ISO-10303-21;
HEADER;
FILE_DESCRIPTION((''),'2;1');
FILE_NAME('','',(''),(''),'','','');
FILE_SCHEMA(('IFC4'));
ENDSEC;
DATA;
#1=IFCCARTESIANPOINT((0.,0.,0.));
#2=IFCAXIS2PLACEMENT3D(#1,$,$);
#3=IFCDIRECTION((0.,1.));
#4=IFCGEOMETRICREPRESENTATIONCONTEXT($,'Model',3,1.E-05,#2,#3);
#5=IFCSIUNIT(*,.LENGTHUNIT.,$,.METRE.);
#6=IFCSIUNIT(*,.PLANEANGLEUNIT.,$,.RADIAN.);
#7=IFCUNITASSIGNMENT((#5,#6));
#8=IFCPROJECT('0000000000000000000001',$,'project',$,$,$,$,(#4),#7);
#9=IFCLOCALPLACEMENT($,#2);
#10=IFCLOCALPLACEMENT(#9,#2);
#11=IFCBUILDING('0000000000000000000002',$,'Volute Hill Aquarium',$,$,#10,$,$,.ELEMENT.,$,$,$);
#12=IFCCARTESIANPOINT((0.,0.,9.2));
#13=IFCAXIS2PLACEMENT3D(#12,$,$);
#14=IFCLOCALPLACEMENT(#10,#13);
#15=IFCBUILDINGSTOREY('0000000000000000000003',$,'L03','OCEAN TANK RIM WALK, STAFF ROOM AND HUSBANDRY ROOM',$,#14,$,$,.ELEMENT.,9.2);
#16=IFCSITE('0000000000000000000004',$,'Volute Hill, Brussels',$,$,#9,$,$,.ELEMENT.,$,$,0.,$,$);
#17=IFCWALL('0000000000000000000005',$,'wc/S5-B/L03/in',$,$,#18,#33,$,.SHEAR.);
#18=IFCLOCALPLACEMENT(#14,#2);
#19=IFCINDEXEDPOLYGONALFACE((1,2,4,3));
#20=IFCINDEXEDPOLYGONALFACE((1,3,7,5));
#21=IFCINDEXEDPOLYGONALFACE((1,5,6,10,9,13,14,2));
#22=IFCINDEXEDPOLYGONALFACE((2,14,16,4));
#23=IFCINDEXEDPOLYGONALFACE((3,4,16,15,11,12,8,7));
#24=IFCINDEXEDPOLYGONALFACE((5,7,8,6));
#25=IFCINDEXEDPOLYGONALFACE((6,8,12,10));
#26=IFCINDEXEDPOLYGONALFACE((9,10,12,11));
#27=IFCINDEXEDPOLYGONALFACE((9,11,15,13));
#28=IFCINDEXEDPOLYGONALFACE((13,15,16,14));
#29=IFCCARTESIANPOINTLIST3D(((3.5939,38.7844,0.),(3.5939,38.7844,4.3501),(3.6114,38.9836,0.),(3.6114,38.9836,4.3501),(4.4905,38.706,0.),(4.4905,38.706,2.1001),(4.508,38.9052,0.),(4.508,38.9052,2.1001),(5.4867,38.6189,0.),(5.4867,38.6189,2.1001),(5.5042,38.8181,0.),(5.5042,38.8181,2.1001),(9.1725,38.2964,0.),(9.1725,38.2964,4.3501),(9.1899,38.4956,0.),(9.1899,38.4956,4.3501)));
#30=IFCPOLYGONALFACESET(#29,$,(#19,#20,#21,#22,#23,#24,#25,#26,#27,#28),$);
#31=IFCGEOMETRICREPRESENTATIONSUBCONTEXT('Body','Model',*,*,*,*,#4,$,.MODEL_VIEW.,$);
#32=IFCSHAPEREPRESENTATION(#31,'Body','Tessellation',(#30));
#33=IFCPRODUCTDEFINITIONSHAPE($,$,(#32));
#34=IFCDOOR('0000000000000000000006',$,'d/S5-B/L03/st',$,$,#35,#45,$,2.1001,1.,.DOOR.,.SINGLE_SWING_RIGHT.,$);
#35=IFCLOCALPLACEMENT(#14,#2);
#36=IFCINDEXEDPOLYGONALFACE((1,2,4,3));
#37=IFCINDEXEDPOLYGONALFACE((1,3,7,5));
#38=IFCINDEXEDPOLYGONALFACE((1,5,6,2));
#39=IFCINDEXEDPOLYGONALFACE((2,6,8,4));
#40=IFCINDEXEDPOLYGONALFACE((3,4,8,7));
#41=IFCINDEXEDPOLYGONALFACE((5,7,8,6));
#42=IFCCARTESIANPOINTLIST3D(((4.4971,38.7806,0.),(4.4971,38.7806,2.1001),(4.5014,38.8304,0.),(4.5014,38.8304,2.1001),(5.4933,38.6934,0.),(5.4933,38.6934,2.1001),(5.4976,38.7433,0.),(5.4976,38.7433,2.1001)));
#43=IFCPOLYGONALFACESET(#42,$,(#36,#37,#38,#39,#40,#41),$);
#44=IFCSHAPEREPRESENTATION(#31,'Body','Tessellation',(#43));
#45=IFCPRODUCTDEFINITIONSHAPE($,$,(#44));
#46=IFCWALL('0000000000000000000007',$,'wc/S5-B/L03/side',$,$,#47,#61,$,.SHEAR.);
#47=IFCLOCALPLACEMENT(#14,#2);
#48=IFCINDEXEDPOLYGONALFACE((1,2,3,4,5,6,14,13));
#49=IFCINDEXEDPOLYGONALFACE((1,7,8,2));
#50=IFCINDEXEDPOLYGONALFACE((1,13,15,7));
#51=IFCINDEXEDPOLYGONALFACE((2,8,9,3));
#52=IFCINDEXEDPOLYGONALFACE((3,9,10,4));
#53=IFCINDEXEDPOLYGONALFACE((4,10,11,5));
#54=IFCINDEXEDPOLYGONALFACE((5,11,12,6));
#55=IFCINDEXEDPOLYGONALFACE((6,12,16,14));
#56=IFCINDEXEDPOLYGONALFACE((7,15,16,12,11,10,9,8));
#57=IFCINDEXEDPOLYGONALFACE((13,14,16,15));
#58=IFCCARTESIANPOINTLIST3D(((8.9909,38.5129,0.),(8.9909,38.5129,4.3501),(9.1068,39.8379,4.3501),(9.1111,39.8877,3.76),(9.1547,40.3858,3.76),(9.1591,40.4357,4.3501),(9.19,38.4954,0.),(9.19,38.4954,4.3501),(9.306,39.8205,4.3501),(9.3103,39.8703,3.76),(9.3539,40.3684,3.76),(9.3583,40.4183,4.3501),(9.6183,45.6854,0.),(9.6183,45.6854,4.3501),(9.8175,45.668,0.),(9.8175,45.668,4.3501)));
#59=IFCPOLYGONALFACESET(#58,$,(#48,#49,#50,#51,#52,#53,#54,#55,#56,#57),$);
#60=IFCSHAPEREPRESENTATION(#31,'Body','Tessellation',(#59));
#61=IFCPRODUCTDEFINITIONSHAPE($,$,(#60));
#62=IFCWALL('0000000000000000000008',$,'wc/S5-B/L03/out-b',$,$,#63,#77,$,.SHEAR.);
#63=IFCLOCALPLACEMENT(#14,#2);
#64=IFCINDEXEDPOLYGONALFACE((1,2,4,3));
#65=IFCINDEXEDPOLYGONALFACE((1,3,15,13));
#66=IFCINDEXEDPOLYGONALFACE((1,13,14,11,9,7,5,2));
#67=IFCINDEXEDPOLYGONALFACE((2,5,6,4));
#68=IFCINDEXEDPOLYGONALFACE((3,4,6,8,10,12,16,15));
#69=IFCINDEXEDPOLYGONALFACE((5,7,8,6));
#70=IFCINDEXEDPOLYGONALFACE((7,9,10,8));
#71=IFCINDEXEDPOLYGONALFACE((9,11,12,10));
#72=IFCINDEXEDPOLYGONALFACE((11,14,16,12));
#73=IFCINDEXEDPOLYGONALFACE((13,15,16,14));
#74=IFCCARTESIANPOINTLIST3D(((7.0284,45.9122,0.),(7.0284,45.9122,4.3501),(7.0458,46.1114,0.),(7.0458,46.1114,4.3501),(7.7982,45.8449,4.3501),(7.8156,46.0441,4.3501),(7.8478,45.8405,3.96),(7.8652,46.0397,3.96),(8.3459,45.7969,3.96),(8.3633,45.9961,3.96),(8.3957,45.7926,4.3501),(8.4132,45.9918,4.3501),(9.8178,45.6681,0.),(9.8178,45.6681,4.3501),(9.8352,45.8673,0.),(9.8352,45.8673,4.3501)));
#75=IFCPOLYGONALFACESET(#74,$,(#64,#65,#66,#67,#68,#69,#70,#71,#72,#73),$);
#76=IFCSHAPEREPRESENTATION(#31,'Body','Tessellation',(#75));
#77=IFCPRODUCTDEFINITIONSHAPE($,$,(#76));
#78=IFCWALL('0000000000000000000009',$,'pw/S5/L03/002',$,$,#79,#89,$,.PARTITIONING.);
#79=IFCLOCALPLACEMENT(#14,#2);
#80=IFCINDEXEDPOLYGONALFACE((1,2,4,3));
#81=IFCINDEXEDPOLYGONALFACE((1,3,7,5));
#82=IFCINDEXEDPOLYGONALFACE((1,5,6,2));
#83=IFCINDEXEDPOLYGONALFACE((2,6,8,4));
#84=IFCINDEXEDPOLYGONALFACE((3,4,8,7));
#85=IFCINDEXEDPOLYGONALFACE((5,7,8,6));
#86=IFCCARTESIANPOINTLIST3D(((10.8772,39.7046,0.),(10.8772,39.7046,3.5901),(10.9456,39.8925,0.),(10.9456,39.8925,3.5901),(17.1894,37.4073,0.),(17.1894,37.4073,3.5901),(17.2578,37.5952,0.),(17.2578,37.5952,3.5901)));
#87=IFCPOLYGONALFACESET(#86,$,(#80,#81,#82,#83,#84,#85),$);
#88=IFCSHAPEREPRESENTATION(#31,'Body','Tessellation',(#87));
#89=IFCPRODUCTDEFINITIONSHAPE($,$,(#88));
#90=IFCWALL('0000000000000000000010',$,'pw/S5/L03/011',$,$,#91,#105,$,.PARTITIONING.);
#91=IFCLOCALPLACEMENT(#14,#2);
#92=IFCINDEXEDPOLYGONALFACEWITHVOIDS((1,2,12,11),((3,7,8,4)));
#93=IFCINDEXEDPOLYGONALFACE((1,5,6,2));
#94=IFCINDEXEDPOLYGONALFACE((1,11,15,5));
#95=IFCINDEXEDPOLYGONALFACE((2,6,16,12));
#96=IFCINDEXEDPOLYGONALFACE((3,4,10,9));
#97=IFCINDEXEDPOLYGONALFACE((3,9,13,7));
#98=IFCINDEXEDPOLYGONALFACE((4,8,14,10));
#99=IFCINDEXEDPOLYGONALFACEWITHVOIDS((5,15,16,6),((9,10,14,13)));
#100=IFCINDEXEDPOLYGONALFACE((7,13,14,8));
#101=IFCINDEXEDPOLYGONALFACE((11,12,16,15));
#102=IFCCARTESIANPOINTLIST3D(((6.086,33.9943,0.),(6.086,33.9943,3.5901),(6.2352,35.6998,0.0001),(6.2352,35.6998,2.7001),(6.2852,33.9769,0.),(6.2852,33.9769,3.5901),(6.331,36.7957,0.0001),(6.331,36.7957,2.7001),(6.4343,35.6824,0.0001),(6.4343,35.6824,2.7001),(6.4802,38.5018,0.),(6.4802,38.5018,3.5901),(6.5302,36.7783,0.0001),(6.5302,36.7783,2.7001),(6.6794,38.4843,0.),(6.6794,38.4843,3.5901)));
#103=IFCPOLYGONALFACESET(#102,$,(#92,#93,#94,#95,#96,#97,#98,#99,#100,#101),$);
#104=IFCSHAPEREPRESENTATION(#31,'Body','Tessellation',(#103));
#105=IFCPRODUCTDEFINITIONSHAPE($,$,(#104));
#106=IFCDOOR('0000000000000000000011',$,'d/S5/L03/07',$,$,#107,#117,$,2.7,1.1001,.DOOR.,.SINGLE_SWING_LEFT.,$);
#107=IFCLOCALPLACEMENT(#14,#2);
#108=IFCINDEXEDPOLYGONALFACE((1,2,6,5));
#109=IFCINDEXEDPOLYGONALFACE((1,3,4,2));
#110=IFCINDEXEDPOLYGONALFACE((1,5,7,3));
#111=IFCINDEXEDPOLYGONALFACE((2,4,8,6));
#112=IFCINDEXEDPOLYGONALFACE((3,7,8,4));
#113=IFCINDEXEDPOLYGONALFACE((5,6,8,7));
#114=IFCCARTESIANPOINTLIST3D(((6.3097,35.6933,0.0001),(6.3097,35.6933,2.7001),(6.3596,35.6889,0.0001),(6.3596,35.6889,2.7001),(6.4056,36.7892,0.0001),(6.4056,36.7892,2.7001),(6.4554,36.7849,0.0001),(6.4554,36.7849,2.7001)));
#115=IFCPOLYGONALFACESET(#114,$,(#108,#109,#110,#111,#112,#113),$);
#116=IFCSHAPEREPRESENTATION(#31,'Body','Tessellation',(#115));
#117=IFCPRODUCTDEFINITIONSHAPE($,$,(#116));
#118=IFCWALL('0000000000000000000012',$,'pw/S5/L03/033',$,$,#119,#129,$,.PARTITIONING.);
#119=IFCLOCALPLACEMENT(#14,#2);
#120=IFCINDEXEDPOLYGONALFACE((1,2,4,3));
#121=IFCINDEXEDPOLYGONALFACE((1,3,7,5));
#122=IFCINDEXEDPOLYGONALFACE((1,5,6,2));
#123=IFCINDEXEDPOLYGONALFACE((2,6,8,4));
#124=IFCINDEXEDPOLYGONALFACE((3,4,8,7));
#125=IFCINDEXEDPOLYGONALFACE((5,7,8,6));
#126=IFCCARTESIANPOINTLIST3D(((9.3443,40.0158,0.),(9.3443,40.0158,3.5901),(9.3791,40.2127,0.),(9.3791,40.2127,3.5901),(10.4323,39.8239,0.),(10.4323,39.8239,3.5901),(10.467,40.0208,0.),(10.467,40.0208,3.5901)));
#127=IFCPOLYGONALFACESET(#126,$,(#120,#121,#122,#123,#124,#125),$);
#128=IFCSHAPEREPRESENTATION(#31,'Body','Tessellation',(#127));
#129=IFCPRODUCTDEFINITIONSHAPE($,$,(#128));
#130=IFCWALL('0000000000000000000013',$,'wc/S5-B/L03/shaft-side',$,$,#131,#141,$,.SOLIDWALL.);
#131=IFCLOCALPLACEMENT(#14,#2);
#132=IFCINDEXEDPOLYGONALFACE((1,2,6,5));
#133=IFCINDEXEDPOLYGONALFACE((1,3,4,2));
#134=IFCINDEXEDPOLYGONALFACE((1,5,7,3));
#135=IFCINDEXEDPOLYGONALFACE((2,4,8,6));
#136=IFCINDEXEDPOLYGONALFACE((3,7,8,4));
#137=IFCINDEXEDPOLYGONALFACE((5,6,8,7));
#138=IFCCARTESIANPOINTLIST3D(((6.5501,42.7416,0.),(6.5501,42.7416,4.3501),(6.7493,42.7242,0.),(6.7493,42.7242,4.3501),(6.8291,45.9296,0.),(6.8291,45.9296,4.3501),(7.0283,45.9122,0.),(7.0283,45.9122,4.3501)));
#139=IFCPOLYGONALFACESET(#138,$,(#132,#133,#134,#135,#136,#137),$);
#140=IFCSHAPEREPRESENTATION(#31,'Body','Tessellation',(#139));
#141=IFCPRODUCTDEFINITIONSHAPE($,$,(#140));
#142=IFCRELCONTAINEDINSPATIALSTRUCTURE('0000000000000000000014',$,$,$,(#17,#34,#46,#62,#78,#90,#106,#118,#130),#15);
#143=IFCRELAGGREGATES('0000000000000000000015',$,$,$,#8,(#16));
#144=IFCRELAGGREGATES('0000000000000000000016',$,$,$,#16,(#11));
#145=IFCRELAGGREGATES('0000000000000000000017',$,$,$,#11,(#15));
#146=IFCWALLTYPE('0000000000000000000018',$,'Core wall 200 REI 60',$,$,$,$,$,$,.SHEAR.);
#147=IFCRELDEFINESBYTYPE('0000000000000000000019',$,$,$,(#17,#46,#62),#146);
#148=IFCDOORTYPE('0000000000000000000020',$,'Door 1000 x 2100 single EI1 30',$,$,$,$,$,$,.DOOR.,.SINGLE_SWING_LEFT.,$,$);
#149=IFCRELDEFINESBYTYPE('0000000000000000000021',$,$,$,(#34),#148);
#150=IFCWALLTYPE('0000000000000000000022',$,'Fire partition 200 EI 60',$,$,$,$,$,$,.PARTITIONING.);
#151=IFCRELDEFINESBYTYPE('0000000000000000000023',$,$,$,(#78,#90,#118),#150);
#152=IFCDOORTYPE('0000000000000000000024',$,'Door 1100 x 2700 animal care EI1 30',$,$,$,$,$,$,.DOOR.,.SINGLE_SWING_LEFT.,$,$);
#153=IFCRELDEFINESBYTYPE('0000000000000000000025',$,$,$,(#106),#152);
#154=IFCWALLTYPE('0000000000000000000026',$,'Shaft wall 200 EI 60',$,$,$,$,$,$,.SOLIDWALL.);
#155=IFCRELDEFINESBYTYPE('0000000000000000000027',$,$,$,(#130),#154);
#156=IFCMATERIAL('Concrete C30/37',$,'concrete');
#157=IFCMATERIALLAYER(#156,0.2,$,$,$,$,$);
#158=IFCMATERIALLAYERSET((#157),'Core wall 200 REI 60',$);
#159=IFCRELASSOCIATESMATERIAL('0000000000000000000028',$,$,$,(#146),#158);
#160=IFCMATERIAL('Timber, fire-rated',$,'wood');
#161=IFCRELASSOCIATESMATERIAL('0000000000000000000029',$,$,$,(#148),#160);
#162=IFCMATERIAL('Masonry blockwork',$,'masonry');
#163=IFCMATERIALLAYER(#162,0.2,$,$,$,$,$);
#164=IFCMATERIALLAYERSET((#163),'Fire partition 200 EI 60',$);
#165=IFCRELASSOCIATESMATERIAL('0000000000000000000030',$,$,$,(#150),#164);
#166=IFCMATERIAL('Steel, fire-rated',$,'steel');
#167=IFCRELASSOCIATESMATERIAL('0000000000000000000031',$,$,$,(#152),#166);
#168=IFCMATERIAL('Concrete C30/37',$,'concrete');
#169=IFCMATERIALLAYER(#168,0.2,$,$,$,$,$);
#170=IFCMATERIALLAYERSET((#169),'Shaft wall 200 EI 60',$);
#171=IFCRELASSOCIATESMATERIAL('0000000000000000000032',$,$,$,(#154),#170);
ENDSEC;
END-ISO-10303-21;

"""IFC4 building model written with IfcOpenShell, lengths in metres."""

from ifc_helpers import new_model, si_unit, direction, frame, frame_2d, origin, place, context, subcontext, project, spatial, polyline, rectangle, outline, extrude, material, layer, layer_set, type_object, element, fill, save


model = new_model("IFC4")

# Units and contexts
model_context = context("Model", 3, precision=1e-05, world=origin(), true_north=direction((0.0, 1.0)))
body_context = subcontext(model_context, "Body", "Model", "MODEL_VIEW")
ifc_project = project(units=[si_unit("LENGTHUNIT", "METRE"), si_unit("PLANEANGLEUNIT", "RADIAN")], contexts=[model_context])

# Site, building, storey
site_placement = place(None, origin())
site = spatial("IfcSite", under=ifc_project, at=site_placement, Name="Volute Hill, Brussels", CompositionType="ELEMENT", RefElevation=0.0)
building_placement = place(site_placement, origin())
building = spatial("IfcBuilding", under=site, at=building_placement, Name="Volute Hill Aquarium", CompositionType="ELEMENT")
storey_placement = place(building_placement, frame((0.0, 0.0, 9.2)))
storey = spatial("IfcBuildingStorey", under=building, at=storey_placement, Name="L03", Description="OCEAN TANK RIM WALK, STAFF ROOM AND HUSBANDRY ROOM", CompositionType="ELEMENT", Elevation=9.2)

# Wall, opening, door
ifc_material_1 = material(Name="Concrete C30/37", Category="concrete")
ifc_layer_1 = layer(ifc_material_1, 0.2)
ifc_layer_set_1 = layer_set([ifc_layer_1], Name="Core wall 200 REI 60")
wall_type_1 = type_object("IfcWallType", Name="Core wall 200 REI 60", PredefinedType="SHEAR", material=ifc_layer_set_1)
wall_1_placement = place(storey_placement, frame((3.6028, 38.884, 0.0), z_axis=(0.0, 0.0, 1.0), x_axis=(0.996195, -0.087151, 0.0)))
wall_1 = element("IfcWall", 1, at=wall_1_placement, inside=storey, type_object=wall_type_1, Name="wc/S5-B/L03/in", PredefinedType="SHEAR", context=body_context, shape_type="SweptSolid", body=[
    extrude(rectangle(XDim=5.5999, YDim=0.2, at=frame_2d((2.7998, 0.0))), origin(), (0.0, 0.0, 1.0), 4.3501),
])
opening_1_placement = place(wall_1_placement, frame((0.8999, 0.0, 0.0)))
opening_1 = element("IfcOpeningElement", 2, at=opening_1_placement, cuts=wall_1, PredefinedType="OPENING", context=body_context, shape_type="SweptSolid", body=[
    extrude(rectangle(XDim=1.0, YDim=2.1001, at=frame_2d((0.5, 1.05))), frame((0.0, 0.1099, 0.0), z_axis=(0.0, -1.0, 0.0), x_axis=(1.0, 0.0, 0.0)), (0.0, 0.0, 1.0), 0.22),
])
ifc_material_2 = material(Name="Timber, fire-rated", Category="wood")
door_type_1 = type_object("IfcDoorType", Name="Door 1000 x 2100 single EI1 30", OperationType="SINGLE_SWING_LEFT", PredefinedType="DOOR", material=ifc_material_2)
door_1_placement = place(opening_1_placement, origin())
door_1 = element("IfcDoor", 3, at=door_1_placement, inside=storey, type_object=door_type_1, Name="d/S5-B/L03/st", OperationType="SINGLE_SWING_RIGHT", OverallHeight=2.1001, OverallWidth=1.0, PredefinedType="DOOR", context=body_context, shape_type="SweptSolid", body=[
    extrude(rectangle(XDim=1.0, YDim=2.1001, at=frame_2d((0.5, 1.05))), frame((0.0, 0.0249, 0.0), z_axis=(0.0, -1.0, 0.0), x_axis=(1.0, 0.0, 0.0)), (0.0, 0.0, 1.0), 0.05),
])
fill(opening_1, door_1)

# Walls
wall_2_placement = place(storey_placement, frame((9.0906, 38.5042, 0.0), z_axis=(0.0, 0.0, 1.0), x_axis=(0.087145, 0.996196, 0.0)))
element("IfcWall", 4, at=wall_2_placement, inside=storey, type_object=wall_type_1, Name="wc/S5-B/L03/side", PredefinedType="SHEAR", context=body_context, shape_type="SweptSolid", body=[
    extrude(outline(polyline([(0.0, 0.0), (7.2, 0.0), (7.2, 4.3501), (1.9302, 4.3501), (1.8801, 3.76), (1.3801, 3.76), (1.3301, 4.3501), (0.0, 4.3501), (0.0, 0.0)])), frame((0.0, 0.1001, 0.0), z_axis=(0.0, -1.0, 0.0), x_axis=(1.0, 0.0, 0.0)), (0.0, 0.0, 1.0), 0.2),
])
wall_3_placement = place(storey_placement, frame((7.0371, 46.0117, 0.0), z_axis=(0.0, 0.0, 1.0), x_axis=(0.996191, -0.087194, 0.0)))
element("IfcWall", 5, at=wall_3_placement, inside=storey, type_object=wall_type_1, Name="wc/S5-B/L03/out-b", PredefinedType="SHEAR", context=body_context, shape_type="SweptSolid", body=[
    extrude(outline(polyline([(0.0, 0.0), (2.8, 0.0), (2.8, 4.3501), (1.3726, 4.3501), (1.3225, 3.96), (0.8225, 3.96), (0.7727, 4.3501), (0.0, 4.3501), (0.0, 0.0)])), frame((0.0, 0.1001, 0.0), z_axis=(0.0, -1.0, 0.0), x_axis=(1.0, 0.0, 0.0)), (0.0, 0.0, 1.0), 0.2),
])
ifc_material_3 = material(Name="Masonry blockwork", Category="masonry")
ifc_layer_2 = layer(ifc_material_3, 0.2)
ifc_layer_set_2 = layer_set([ifc_layer_2], Name="Fire partition 200 EI 60")
wall_type_2 = type_object("IfcWallType", Name="Fire partition 200 EI 60", PredefinedType="PARTITIONING", material=ifc_layer_set_2)
wall_4_placement = place(storey_placement, frame((10.9114, 39.7986, 0.0), z_axis=(0.0, 0.0, 1.0), x_axis=(0.939698, -0.342006, 0.0)))
element("IfcWall", 6, at=wall_4_placement, inside=storey, type_object=wall_type_2, Name="pw/S5/L03/002", PredefinedType="PARTITIONING", context=body_context, shape_type="SweptSolid", body=[
    extrude(rectangle(XDim=6.7173, YDim=0.2, at=frame_2d((3.3586, 0.0))), origin(), (0.0, 0.0, 1.0), 3.5901),
])

# Wall, opening, door
wall_5_placement = place(storey_placement, frame((6.5798, 38.4929, 0.0), z_axis=(0.0, 0.0, 1.0), x_axis=(-0.08714, -0.996196, 0.0)))
wall_5 = element("IfcWall", 7, at=wall_5_placement, inside=storey, type_object=wall_type_2, Name="pw/S5/L03/011", PredefinedType="PARTITIONING", context=body_context, shape_type="SweptSolid", body=[
    extrude(rectangle(XDim=4.5247, YDim=0.2, at=frame_2d((2.2622, 0.0))), origin(), (0.0, 0.0, 1.0), 3.5901),
])
opening_2_placement = place(wall_5_placement, frame((1.7124, 0.0, 0.0)))
opening_2 = element("IfcOpeningElement", 8, at=opening_2_placement, cuts=wall_5, PredefinedType="OPENING", context=body_context, shape_type="SweptSolid", body=[
    extrude(rectangle(XDim=1.1001, YDim=2.7, at=frame_2d((0.55, 1.3501))), frame((0.0, 0.1099, 0.0), z_axis=(0.0, -1.0, 0.0), x_axis=(1.0, 0.0, 0.0)), (0.0, 0.0, 1.0), 0.22),
])
ifc_material_4 = material(Name="Steel, fire-rated", Category="steel")
door_type_2 = type_object("IfcDoorType", Name="Door 1100 x 2700 animal care EI1 30", OperationType="SINGLE_SWING_LEFT", PredefinedType="DOOR", material=ifc_material_4)
door_2_placement = place(opening_2_placement, origin())
door_2 = element("IfcDoor", 9, at=door_2_placement, inside=storey, type_object=door_type_2, Name="d/S5/L03/07", OperationType="SINGLE_SWING_LEFT", OverallHeight=2.7, OverallWidth=1.1001, PredefinedType="DOOR", context=body_context, shape_type="SweptSolid", body=[
    extrude(rectangle(XDim=1.1001, YDim=2.7, at=frame_2d((0.55, 1.3501))), frame((0.0, 0.0249, 0.0), z_axis=(0.0, -1.0, 0.0), x_axis=(1.0, 0.0, 0.0)), (0.0, 0.0, 1.0), 0.05),
])
fill(opening_2, door_2)

# Wall
wall_6_placement = place(storey_placement, frame((9.3618, 40.1143, 0.0), z_axis=(0.0, 0.0, 1.0), x_axis=(0.984797, -0.17371, 0.0)))
element("IfcWall", 10, at=wall_6_placement, inside=storey, type_object=wall_type_2, Name="pw/S5/L03/033", PredefinedType="PARTITIONING", context=body_context, shape_type="SweptSolid", body=[
    extrude(rectangle(XDim=1.1047, YDim=0.2, at=frame_2d((0.5522, 0.0))), origin(), (0.0, 0.0, 1.0), 3.5901),
])

# Shared definitions
ifc_material_5 = material(Name="Concrete C30/37", Category="concrete")
ifc_layer_3 = layer(ifc_material_5, 0.2)
ifc_layer_set_3 = layer_set([ifc_layer_3], Name="Shaft wall 200 EI 60")
wall_type_3 = type_object("IfcWallType", Name="Shaft wall 200 EI 60", PredefinedType="SOLIDWALL", material=ifc_layer_set_3)

# Wall
wall_7_placement = place(storey_placement, frame((6.6497, 42.7329, 0.0), z_axis=(0.0, 0.0, 1.0), x_axis=(0.087199, 0.996191, 0.0)))
element("IfcWall", 11, at=wall_7_placement, inside=storey, type_object=wall_type_3, Name="wc/S5-B/L03/shaft-side", PredefinedType="SOLIDWALL", context=body_context, shape_type="SweptSolid", body=[
    extrude(rectangle(XDim=3.2002, YDim=0.2, at=frame_2d((1.6001, 0.0))), origin(), (0.0, 0.0, 1.0), 4.3501),
])

save(model, "model.ifc")
